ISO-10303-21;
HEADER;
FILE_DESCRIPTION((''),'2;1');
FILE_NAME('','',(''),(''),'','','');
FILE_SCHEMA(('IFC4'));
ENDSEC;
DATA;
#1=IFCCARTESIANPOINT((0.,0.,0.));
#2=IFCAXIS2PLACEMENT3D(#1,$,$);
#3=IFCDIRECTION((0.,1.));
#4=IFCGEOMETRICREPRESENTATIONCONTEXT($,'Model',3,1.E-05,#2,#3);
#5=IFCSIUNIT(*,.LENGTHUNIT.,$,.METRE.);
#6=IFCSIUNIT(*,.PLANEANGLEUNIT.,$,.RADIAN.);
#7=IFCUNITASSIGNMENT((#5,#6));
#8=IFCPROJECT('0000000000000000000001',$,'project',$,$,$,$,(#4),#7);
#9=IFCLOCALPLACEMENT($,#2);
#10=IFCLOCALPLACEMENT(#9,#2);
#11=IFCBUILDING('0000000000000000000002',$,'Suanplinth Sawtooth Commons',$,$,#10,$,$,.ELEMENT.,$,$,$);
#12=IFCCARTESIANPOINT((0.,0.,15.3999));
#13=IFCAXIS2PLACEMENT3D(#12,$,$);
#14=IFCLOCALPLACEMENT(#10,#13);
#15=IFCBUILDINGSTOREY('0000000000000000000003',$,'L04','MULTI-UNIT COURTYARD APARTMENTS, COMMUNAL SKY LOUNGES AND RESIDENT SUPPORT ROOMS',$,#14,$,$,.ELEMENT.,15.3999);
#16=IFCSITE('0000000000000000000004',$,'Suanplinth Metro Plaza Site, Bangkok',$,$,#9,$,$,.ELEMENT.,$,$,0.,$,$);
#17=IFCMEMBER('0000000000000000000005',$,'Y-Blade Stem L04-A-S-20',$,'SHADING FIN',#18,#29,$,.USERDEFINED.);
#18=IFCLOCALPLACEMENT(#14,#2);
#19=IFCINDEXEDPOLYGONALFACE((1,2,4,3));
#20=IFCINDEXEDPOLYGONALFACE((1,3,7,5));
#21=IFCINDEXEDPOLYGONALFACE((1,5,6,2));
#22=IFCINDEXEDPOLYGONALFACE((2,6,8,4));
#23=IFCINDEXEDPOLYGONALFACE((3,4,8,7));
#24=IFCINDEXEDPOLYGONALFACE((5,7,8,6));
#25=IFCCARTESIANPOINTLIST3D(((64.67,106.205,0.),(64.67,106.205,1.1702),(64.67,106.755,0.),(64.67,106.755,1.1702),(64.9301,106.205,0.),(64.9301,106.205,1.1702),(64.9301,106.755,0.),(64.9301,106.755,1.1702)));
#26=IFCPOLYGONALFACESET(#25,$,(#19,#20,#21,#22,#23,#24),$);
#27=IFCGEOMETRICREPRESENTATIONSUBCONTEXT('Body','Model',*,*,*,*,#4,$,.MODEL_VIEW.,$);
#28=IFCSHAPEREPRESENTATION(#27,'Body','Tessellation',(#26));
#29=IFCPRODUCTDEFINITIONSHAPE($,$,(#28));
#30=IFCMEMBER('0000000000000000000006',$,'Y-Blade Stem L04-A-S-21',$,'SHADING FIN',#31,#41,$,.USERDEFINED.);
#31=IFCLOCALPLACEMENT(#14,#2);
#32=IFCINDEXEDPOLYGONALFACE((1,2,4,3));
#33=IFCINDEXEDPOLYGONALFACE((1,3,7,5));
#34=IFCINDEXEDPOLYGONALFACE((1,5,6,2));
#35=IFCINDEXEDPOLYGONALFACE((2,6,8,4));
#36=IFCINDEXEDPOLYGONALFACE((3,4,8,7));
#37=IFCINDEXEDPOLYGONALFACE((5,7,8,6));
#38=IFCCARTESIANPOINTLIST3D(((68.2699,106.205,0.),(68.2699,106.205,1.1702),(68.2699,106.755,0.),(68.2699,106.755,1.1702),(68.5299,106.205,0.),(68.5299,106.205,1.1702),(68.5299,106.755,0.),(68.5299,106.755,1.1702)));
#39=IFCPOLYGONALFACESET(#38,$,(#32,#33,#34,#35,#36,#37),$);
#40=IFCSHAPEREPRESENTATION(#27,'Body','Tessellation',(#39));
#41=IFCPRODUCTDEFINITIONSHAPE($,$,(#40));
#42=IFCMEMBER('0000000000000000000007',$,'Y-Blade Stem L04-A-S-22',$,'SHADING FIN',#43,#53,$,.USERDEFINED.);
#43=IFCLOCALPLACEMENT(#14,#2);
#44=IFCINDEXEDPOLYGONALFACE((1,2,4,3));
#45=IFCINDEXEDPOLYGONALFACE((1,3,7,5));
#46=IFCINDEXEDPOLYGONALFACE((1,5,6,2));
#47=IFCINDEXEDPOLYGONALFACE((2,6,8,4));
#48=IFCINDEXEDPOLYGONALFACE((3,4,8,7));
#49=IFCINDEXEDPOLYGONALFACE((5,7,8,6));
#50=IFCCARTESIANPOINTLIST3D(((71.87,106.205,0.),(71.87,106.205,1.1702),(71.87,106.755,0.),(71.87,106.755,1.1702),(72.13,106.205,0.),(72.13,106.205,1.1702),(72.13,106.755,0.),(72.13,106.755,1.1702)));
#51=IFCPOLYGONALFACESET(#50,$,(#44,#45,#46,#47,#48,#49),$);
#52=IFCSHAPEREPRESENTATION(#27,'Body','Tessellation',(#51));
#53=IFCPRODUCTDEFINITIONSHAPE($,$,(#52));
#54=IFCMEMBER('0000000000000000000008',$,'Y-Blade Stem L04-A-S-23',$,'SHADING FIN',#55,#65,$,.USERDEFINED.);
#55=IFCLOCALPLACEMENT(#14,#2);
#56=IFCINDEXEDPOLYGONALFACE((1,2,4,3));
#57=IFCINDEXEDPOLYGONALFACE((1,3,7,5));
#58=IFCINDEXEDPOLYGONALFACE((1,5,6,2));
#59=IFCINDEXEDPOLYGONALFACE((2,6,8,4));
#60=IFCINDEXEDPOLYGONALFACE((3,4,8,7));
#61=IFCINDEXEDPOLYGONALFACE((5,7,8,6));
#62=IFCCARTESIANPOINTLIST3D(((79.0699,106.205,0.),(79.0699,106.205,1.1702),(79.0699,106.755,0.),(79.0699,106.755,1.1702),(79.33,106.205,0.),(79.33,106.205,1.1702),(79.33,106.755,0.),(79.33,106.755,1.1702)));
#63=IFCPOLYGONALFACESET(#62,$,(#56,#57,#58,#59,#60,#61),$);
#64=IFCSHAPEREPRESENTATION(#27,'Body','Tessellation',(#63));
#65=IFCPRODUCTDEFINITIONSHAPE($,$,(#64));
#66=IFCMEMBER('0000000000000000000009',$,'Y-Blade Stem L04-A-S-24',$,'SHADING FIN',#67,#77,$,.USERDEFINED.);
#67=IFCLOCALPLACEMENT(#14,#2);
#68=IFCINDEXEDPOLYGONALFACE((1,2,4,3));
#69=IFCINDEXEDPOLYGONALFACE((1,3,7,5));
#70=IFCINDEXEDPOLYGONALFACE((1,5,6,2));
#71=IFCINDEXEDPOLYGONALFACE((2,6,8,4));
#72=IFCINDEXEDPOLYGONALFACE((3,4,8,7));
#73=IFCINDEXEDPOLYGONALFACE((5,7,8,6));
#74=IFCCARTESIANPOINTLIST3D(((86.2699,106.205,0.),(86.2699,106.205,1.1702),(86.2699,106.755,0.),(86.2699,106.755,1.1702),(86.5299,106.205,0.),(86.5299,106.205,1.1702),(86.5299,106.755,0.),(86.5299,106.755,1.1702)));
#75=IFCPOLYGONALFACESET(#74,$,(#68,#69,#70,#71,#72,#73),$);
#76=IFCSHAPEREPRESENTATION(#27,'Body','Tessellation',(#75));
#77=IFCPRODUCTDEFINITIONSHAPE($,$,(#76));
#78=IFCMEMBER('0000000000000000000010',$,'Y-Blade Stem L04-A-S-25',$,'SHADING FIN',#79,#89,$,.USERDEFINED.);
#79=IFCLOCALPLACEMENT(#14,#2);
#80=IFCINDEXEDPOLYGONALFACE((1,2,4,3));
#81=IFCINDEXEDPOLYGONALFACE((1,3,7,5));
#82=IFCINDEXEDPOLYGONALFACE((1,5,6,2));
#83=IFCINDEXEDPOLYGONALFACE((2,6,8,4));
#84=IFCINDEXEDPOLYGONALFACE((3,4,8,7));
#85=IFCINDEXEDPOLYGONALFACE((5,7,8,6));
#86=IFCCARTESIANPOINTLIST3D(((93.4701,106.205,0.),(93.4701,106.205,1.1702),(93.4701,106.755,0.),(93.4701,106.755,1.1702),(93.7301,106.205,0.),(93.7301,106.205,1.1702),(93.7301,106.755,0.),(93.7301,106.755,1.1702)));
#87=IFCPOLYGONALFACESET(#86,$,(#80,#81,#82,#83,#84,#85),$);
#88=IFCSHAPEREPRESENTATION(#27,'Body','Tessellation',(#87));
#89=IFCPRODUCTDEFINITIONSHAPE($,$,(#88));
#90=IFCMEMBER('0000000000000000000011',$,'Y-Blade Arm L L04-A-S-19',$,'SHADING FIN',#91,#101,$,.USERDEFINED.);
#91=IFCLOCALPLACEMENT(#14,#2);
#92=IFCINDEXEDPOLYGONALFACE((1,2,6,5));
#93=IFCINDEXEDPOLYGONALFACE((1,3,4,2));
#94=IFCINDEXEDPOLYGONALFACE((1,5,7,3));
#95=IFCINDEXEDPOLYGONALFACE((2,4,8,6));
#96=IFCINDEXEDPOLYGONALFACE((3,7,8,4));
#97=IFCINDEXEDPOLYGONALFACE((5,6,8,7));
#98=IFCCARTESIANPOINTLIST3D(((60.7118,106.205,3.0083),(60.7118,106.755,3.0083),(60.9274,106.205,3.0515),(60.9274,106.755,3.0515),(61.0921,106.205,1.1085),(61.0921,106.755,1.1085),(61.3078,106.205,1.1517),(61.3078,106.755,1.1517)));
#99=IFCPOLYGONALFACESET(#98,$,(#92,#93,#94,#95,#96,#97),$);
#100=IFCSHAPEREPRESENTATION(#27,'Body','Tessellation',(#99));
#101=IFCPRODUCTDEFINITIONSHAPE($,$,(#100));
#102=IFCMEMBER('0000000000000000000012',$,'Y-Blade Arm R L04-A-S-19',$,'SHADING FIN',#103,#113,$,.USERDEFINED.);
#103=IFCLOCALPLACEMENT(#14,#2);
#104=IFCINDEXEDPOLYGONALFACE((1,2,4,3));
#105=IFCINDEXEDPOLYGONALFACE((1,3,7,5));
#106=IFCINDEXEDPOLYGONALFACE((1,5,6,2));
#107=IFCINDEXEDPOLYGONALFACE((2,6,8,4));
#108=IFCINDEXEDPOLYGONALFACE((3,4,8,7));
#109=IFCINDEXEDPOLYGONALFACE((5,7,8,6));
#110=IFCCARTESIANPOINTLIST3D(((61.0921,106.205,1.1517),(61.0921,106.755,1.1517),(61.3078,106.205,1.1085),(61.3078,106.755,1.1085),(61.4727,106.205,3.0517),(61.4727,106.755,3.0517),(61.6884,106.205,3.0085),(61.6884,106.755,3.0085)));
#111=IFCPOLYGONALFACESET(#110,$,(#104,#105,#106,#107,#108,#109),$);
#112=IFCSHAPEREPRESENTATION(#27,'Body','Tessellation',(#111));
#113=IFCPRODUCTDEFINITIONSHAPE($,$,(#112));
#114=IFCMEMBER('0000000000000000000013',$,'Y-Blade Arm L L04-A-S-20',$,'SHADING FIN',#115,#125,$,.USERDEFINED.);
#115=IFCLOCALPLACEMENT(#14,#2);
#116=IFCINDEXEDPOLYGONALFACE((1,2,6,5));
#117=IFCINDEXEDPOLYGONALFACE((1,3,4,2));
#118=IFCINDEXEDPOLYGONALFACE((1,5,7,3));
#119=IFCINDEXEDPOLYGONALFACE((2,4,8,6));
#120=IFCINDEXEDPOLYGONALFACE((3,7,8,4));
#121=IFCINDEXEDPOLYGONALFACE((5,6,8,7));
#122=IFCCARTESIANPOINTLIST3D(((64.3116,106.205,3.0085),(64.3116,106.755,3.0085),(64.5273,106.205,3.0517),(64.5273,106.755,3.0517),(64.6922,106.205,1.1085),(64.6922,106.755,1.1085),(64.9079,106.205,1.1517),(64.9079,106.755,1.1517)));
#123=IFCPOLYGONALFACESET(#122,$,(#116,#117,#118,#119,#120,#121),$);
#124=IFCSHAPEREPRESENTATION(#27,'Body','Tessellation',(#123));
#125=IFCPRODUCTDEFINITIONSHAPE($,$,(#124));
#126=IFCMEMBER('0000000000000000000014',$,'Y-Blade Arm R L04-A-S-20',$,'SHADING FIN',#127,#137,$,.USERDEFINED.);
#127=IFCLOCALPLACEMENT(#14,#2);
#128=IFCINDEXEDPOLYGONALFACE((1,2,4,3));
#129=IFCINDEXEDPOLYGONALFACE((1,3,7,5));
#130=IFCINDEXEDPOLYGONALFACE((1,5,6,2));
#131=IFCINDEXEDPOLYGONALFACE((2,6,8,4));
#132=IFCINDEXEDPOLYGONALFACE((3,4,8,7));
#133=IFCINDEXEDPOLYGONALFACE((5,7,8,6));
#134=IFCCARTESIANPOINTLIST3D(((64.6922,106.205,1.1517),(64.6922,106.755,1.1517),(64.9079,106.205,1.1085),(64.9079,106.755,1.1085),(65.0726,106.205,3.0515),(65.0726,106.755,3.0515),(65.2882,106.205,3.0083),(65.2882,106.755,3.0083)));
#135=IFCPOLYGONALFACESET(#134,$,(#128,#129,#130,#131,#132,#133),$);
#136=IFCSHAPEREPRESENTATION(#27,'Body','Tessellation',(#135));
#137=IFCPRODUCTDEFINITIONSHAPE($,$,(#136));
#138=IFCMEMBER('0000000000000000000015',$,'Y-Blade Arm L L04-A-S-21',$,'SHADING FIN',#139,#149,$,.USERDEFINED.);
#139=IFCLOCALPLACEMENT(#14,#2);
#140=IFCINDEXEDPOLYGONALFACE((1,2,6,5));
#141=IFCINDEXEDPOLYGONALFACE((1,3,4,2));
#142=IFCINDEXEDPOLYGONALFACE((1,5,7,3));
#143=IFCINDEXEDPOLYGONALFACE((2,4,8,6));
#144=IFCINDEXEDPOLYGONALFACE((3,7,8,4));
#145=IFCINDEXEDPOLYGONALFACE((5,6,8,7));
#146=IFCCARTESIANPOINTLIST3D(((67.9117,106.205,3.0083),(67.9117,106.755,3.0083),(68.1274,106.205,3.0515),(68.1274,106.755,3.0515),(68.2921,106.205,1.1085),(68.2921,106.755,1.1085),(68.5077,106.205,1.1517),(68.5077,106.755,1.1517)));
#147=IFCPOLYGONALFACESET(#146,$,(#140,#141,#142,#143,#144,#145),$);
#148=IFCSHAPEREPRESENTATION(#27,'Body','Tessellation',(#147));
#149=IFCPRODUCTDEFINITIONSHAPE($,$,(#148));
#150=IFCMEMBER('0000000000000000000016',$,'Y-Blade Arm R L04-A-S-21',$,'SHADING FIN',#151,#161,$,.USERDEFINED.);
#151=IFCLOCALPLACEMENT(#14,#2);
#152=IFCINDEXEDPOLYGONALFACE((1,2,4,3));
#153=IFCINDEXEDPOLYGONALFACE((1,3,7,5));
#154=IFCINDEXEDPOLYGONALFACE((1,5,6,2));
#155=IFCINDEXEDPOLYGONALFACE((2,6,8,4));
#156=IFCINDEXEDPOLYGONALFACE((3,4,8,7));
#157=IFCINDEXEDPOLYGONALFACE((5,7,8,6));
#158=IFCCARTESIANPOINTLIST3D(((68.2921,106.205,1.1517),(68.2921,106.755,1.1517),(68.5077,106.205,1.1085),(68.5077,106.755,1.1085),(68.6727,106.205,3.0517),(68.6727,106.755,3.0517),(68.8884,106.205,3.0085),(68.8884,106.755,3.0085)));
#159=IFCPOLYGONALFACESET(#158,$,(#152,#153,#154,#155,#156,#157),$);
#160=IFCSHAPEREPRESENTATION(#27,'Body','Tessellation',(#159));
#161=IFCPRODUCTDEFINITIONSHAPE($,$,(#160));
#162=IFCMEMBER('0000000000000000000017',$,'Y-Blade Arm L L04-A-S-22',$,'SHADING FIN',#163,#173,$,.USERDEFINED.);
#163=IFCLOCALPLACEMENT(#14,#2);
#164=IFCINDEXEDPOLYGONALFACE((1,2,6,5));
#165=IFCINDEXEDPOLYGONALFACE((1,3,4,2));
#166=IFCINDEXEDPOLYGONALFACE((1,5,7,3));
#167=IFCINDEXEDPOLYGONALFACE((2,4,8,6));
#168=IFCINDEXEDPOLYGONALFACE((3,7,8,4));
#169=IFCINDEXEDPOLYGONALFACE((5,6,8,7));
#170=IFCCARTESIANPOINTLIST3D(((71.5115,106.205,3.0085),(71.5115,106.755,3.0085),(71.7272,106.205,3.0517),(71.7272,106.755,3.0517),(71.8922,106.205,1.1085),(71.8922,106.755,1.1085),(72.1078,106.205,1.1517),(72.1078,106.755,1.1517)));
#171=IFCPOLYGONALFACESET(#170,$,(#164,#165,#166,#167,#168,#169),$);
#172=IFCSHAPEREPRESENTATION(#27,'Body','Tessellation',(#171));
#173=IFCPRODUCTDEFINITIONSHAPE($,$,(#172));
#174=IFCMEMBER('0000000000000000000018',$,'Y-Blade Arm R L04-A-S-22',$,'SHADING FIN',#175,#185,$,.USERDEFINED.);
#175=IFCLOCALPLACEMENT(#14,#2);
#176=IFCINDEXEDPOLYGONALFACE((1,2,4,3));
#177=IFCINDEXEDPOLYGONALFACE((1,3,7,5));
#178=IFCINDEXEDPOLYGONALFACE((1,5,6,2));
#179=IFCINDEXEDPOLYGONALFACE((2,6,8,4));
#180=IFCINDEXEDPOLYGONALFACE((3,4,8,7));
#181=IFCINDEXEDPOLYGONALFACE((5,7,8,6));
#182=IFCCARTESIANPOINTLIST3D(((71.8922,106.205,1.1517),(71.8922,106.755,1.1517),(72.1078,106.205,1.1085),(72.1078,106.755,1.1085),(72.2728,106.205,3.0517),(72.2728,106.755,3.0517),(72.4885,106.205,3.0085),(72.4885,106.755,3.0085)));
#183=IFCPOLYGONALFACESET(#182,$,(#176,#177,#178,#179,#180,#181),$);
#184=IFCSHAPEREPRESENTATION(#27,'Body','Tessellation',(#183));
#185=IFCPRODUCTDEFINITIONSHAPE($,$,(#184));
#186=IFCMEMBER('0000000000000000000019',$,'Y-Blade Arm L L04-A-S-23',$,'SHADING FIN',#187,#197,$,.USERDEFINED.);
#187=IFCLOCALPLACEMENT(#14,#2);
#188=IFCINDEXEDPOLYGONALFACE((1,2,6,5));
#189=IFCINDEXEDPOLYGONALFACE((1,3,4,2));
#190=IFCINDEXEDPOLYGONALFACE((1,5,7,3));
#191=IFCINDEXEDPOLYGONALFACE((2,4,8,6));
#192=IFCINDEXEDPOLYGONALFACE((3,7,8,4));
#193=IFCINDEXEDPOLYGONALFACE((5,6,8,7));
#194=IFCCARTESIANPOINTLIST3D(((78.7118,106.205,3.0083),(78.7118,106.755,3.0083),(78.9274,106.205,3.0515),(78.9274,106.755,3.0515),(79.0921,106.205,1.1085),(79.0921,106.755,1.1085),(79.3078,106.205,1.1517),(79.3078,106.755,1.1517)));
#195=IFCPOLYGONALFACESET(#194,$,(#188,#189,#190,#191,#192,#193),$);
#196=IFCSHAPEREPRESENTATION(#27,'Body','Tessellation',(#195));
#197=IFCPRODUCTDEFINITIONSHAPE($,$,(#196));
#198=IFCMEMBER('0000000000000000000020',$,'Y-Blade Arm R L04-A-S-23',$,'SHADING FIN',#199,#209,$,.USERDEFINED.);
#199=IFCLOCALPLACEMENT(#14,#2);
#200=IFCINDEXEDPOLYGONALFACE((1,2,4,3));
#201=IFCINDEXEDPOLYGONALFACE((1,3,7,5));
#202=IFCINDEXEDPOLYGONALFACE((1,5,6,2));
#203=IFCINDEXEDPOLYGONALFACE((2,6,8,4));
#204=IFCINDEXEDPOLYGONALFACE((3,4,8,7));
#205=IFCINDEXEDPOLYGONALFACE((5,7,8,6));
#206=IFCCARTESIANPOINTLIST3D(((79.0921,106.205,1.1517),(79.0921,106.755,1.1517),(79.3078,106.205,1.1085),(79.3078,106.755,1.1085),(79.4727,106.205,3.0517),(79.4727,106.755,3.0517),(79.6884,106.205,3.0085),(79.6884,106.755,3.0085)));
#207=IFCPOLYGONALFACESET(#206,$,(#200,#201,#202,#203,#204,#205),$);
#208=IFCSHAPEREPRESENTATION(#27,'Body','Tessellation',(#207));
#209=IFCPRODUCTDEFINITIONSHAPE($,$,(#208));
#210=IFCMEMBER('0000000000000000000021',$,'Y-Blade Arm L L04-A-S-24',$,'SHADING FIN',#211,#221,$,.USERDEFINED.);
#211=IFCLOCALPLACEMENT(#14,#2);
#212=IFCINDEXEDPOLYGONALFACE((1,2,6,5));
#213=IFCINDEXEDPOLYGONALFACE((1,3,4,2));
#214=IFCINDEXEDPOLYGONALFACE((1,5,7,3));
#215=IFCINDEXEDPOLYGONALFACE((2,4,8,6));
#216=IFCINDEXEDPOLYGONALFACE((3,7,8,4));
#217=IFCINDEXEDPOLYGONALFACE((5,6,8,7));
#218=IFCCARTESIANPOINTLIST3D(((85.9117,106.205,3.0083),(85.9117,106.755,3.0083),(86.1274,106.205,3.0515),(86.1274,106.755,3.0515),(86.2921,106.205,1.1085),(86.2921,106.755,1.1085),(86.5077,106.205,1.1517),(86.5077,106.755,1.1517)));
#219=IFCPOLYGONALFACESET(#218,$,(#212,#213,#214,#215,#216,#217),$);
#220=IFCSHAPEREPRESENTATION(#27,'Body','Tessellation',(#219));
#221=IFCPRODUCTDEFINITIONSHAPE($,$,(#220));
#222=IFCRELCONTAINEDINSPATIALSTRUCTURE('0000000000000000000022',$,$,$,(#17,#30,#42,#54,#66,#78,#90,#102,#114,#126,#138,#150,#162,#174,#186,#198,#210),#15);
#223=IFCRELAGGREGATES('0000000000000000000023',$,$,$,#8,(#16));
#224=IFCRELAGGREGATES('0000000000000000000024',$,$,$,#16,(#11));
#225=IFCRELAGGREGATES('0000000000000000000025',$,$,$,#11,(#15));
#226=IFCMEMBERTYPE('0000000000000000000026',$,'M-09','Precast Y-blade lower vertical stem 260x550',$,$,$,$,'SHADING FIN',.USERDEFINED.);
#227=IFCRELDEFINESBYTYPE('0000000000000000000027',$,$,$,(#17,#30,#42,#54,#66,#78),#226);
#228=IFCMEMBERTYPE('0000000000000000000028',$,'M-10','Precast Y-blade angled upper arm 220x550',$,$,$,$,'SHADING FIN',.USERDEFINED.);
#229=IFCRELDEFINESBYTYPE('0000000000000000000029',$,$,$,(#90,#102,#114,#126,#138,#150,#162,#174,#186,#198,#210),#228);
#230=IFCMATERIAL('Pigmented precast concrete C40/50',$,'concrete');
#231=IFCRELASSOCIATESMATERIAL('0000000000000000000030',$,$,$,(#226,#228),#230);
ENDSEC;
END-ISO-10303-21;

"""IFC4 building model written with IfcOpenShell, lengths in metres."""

from ifc_helpers import new_model, si_unit, direction, frame, origin, origin_2d, place, context, subcontext, project, spatial, rectangle, extrude, material, material_profile, profile_set, type_object, element, save


model = new_model("IFC4")

# Units and contexts
model_context = context("Model", 3, precision=1e-05, world=origin(), true_north=direction((0.0, 1.0)))
body_context = subcontext(model_context, "Body", "Model", "MODEL_VIEW")
ifc_project = project(units=[si_unit("LENGTHUNIT", "METRE"), si_unit("PLANEANGLEUNIT", "RADIAN")], contexts=[model_context])

# Site, building, storey
site_placement = place(None, origin())
site = spatial("IfcSite", under=ifc_project, at=site_placement, Name="Suanplinth Metro Plaza Site, Bangkok", CompositionType="ELEMENT", RefElevation=0.0)
building_placement = place(site_placement, origin())
building = spatial("IfcBuilding", under=site, at=building_placement, Name="Suanplinth Sawtooth Commons", CompositionType="ELEMENT")
storey_placement = place(building_placement, frame((0.0, 0.0, 15.3999)))
storey = spatial("IfcBuildingStorey", under=building, at=storey_placement, Name="L04", Description="MULTI-UNIT COURTYARD APARTMENTS, COMMUNAL SKY LOUNGES AND RESIDENT SUPPORT ROOMS", CompositionType="ELEMENT", Elevation=15.3999)

# Members
ifc_material = material(Name="Pigmented precast concrete C40/50", Category="concrete")
ifc_material_profile_1 = material_profile(ifc_material, rectangle(XDim=0.26, YDim=0.55, at=origin_2d()), Name="PC-FIN 260x550")
ifc_profile_set_1 = profile_set([ifc_material_profile_1], Name="Pigmented precast concrete C40/50")
member_type_1 = type_object("IfcMemberType", Name="M-09", Description="Precast Y-blade lower vertical stem 260x550", ElementType="SHADING FIN", PredefinedType="USERDEFINED", material=ifc_profile_set_1)
for number, where, z_axis, x_axis, name in (
    (1, (64.8, 106.48, 0.0), (0.0, 0.0, 1.0), (1.0, 0.0, 0.0), "Y-Blade Stem L04-A-S-20"),
    (2, (68.3999, 106.48, 0.0), (0.0, 0.0, 1.0), (1.0, 0.0, 0.0), "Y-Blade Stem L04-A-S-21"),
    (3, (72.0, 106.48, 0.0), (0.0, 0.0, 1.0), (1.0, 0.0, 0.0), "Y-Blade Stem L04-A-S-22"),
    (4, (79.2, 106.48, 0.0), (0.0, 0.0, 1.0), (1.0, 0.0, 0.0), "Y-Blade Stem L04-A-S-23"),
    (5, (86.3999, 106.48, 0.0), (0.0, 0.0, 1.0), (1.0, 0.0, 0.0), "Y-Blade Stem L04-A-S-24"),
    (6, (93.6001, 106.48, 0.0), (0.0, 0.0, 1.0), (1.0, 0.0, 0.0), "Y-Blade Stem L04-A-S-25"),
):
    element("IfcMember", number, at=place(storey_placement, frame(where, z_axis=z_axis, x_axis=x_axis)), inside=storey, type_object=member_type_1, Name=name, ObjectType="SHADING FIN", PredefinedType="USERDEFINED", context=body_context, shape_type="SweptSolid", body=[
        extrude(rectangle(XDim=0.26, YDim=0.55, at=origin_2d()), origin(), (0.0, 0.0, 1.0), 1.1702),
    ])
ifc_material_profile_2 = material_profile(ifc_material, rectangle(XDim=0.22, YDim=0.55, at=origin_2d()), Name="PC-FIN 220x550")
ifc_profile_set_2 = profile_set([ifc_material_profile_2], Name="Pigmented precast concrete C40/50")
member_type_2 = type_object("IfcMemberType", Name="M-10", Description="Precast Y-blade angled upper arm 220x550", ElementType="SHADING FIN", PredefinedType="USERDEFINED", material=ifc_profile_set_2)
member_1_placement = place(storey_placement, frame((61.2, 106.48, 1.1301), z_axis=(-0.19631, 0.0, 0.980542), x_axis=(0.980542, 0.0, 0.19631)))
element("IfcMember", 7, at=member_1_placement, inside=storey, type_object=member_type_2, Name="Y-Blade Arm L L04-A-S-19", ObjectType="SHADING FIN", PredefinedType="USERDEFINED", context=body_context, shape_type="SweptSolid", body=[
    extrude(rectangle(XDim=0.22, YDim=0.55, at=origin_2d()), origin(), (0.0, 0.0, 1.0), 1.9375),
])
for number, where, z_axis, x_axis, name in (
    (8, (61.2, 106.48, 1.1301), (0.196431, 0.0, 0.980518), (-0.980518, 0.0, 0.196431), "Y-Blade Arm R L04-A-S-19"),
    (9, (64.8, 106.48, 1.1301), (-0.196431, 0.0, 0.980518), (0.980518, 0.0, 0.196431), "Y-Blade Arm L L04-A-S-20"),
):
    element("IfcMember", number, at=place(storey_placement, frame(where, z_axis=z_axis, x_axis=x_axis)), inside=storey, type_object=member_type_2, Name=name, ObjectType="SHADING FIN", PredefinedType="USERDEFINED", context=body_context, shape_type="SweptSolid", body=[
        extrude(rectangle(XDim=0.22, YDim=0.55, at=origin_2d()), origin(), (0.0, 0.0, 1.0), 1.9377),
    ])
for number, where, z_axis, x_axis, name in (
    (10, (64.8, 106.48, 1.1301), (0.19631, 0.0, 0.980542), (-0.980542, 0.0, 0.19631), "Y-Blade Arm R L04-A-S-20"),
    (11, (68.3999, 106.48, 1.1301), (-0.19631, 0.0, 0.980542), (0.980542, 0.0, 0.19631), "Y-Blade Arm L L04-A-S-21"),
):
    element("IfcMember", number, at=place(storey_placement, frame(where, z_axis=z_axis, x_axis=x_axis)), inside=storey, type_object=member_type_2, Name=name, ObjectType="SHADING FIN", PredefinedType="USERDEFINED", context=body_context, shape_type="SweptSolid", body=[
        extrude(rectangle(XDim=0.22, YDim=0.55, at=origin_2d()), origin(), (0.0, 0.0, 1.0), 1.9375),
    ])
for number, where, z_axis, x_axis, name in (
    (12, (68.3999, 106.48, 1.1301), (0.196431, 0.0, 0.980518), (-0.980518, 0.0, 0.196431), "Y-Blade Arm R L04-A-S-21"),
    (13, (72.0, 106.48, 1.1301), (-0.196431, 0.0, 0.980518), (0.980518, 0.0, 0.196431), "Y-Blade Arm L L04-A-S-22"),
    (14, (72.0, 106.48, 1.1301), (0.196431, 0.0, 0.980518), (-0.980518, 0.0, 0.196431), "Y-Blade Arm R L04-A-S-22"),
):
    element("IfcMember", number, at=place(storey_placement, frame(where, z_axis=z_axis, x_axis=x_axis)), inside=storey, type_object=member_type_2, Name=name, ObjectType="SHADING FIN", PredefinedType="USERDEFINED", context=body_context, shape_type="SweptSolid", body=[
        extrude(rectangle(XDim=0.22, YDim=0.55, at=origin_2d()), origin(), (0.0, 0.0, 1.0), 1.9377),
    ])
member_2_placement = place(storey_placement, frame((79.2, 106.48, 1.1301), z_axis=(-0.19631, 0.0, 0.980542), x_axis=(0.980542, 0.0, 0.19631)))
element("IfcMember", 15, at=member_2_placement, inside=storey, type_object=member_type_2, Name="Y-Blade Arm L L04-A-S-23", ObjectType="SHADING FIN", PredefinedType="USERDEFINED", context=body_context, shape_type="SweptSolid", body=[
    extrude(rectangle(XDim=0.22, YDim=0.55, at=origin_2d()), origin(), (0.0, 0.0, 1.0), 1.9375),
])
member_3_placement = place(storey_placement, frame((79.2, 106.48, 1.1301), z_axis=(0.196431, 0.0, 0.980518), x_axis=(-0.980518, 0.0, 0.196431)))
element("IfcMember", 16, at=member_3_placement, inside=storey, type_object=member_type_2, Name="Y-Blade Arm R L04-A-S-23", ObjectType="SHADING FIN", PredefinedType="USERDEFINED", context=body_context, shape_type="SweptSolid", body=[
    extrude(rectangle(XDim=0.22, YDim=0.55, at=origin_2d()), origin(), (0.0, 0.0, 1.0), 1.9377),
])
member_4_placement = place(storey_placement, frame((86.3999, 106.48, 1.1301), z_axis=(-0.19631, 0.0, 0.980542), x_axis=(0.980542, 0.0, 0.19631)))
element("IfcMember", 17, at=member_4_placement, inside=storey, type_object=member_type_2, Name="Y-Blade Arm L L04-A-S-24", ObjectType="SHADING FIN", PredefinedType="USERDEFINED", context=body_context, shape_type="SweptSolid", body=[
    extrude(rectangle(XDim=0.22, YDim=0.55, at=origin_2d()), origin(), (0.0, 0.0, 1.0), 1.9375),
])

save(model, "model.ifc")
